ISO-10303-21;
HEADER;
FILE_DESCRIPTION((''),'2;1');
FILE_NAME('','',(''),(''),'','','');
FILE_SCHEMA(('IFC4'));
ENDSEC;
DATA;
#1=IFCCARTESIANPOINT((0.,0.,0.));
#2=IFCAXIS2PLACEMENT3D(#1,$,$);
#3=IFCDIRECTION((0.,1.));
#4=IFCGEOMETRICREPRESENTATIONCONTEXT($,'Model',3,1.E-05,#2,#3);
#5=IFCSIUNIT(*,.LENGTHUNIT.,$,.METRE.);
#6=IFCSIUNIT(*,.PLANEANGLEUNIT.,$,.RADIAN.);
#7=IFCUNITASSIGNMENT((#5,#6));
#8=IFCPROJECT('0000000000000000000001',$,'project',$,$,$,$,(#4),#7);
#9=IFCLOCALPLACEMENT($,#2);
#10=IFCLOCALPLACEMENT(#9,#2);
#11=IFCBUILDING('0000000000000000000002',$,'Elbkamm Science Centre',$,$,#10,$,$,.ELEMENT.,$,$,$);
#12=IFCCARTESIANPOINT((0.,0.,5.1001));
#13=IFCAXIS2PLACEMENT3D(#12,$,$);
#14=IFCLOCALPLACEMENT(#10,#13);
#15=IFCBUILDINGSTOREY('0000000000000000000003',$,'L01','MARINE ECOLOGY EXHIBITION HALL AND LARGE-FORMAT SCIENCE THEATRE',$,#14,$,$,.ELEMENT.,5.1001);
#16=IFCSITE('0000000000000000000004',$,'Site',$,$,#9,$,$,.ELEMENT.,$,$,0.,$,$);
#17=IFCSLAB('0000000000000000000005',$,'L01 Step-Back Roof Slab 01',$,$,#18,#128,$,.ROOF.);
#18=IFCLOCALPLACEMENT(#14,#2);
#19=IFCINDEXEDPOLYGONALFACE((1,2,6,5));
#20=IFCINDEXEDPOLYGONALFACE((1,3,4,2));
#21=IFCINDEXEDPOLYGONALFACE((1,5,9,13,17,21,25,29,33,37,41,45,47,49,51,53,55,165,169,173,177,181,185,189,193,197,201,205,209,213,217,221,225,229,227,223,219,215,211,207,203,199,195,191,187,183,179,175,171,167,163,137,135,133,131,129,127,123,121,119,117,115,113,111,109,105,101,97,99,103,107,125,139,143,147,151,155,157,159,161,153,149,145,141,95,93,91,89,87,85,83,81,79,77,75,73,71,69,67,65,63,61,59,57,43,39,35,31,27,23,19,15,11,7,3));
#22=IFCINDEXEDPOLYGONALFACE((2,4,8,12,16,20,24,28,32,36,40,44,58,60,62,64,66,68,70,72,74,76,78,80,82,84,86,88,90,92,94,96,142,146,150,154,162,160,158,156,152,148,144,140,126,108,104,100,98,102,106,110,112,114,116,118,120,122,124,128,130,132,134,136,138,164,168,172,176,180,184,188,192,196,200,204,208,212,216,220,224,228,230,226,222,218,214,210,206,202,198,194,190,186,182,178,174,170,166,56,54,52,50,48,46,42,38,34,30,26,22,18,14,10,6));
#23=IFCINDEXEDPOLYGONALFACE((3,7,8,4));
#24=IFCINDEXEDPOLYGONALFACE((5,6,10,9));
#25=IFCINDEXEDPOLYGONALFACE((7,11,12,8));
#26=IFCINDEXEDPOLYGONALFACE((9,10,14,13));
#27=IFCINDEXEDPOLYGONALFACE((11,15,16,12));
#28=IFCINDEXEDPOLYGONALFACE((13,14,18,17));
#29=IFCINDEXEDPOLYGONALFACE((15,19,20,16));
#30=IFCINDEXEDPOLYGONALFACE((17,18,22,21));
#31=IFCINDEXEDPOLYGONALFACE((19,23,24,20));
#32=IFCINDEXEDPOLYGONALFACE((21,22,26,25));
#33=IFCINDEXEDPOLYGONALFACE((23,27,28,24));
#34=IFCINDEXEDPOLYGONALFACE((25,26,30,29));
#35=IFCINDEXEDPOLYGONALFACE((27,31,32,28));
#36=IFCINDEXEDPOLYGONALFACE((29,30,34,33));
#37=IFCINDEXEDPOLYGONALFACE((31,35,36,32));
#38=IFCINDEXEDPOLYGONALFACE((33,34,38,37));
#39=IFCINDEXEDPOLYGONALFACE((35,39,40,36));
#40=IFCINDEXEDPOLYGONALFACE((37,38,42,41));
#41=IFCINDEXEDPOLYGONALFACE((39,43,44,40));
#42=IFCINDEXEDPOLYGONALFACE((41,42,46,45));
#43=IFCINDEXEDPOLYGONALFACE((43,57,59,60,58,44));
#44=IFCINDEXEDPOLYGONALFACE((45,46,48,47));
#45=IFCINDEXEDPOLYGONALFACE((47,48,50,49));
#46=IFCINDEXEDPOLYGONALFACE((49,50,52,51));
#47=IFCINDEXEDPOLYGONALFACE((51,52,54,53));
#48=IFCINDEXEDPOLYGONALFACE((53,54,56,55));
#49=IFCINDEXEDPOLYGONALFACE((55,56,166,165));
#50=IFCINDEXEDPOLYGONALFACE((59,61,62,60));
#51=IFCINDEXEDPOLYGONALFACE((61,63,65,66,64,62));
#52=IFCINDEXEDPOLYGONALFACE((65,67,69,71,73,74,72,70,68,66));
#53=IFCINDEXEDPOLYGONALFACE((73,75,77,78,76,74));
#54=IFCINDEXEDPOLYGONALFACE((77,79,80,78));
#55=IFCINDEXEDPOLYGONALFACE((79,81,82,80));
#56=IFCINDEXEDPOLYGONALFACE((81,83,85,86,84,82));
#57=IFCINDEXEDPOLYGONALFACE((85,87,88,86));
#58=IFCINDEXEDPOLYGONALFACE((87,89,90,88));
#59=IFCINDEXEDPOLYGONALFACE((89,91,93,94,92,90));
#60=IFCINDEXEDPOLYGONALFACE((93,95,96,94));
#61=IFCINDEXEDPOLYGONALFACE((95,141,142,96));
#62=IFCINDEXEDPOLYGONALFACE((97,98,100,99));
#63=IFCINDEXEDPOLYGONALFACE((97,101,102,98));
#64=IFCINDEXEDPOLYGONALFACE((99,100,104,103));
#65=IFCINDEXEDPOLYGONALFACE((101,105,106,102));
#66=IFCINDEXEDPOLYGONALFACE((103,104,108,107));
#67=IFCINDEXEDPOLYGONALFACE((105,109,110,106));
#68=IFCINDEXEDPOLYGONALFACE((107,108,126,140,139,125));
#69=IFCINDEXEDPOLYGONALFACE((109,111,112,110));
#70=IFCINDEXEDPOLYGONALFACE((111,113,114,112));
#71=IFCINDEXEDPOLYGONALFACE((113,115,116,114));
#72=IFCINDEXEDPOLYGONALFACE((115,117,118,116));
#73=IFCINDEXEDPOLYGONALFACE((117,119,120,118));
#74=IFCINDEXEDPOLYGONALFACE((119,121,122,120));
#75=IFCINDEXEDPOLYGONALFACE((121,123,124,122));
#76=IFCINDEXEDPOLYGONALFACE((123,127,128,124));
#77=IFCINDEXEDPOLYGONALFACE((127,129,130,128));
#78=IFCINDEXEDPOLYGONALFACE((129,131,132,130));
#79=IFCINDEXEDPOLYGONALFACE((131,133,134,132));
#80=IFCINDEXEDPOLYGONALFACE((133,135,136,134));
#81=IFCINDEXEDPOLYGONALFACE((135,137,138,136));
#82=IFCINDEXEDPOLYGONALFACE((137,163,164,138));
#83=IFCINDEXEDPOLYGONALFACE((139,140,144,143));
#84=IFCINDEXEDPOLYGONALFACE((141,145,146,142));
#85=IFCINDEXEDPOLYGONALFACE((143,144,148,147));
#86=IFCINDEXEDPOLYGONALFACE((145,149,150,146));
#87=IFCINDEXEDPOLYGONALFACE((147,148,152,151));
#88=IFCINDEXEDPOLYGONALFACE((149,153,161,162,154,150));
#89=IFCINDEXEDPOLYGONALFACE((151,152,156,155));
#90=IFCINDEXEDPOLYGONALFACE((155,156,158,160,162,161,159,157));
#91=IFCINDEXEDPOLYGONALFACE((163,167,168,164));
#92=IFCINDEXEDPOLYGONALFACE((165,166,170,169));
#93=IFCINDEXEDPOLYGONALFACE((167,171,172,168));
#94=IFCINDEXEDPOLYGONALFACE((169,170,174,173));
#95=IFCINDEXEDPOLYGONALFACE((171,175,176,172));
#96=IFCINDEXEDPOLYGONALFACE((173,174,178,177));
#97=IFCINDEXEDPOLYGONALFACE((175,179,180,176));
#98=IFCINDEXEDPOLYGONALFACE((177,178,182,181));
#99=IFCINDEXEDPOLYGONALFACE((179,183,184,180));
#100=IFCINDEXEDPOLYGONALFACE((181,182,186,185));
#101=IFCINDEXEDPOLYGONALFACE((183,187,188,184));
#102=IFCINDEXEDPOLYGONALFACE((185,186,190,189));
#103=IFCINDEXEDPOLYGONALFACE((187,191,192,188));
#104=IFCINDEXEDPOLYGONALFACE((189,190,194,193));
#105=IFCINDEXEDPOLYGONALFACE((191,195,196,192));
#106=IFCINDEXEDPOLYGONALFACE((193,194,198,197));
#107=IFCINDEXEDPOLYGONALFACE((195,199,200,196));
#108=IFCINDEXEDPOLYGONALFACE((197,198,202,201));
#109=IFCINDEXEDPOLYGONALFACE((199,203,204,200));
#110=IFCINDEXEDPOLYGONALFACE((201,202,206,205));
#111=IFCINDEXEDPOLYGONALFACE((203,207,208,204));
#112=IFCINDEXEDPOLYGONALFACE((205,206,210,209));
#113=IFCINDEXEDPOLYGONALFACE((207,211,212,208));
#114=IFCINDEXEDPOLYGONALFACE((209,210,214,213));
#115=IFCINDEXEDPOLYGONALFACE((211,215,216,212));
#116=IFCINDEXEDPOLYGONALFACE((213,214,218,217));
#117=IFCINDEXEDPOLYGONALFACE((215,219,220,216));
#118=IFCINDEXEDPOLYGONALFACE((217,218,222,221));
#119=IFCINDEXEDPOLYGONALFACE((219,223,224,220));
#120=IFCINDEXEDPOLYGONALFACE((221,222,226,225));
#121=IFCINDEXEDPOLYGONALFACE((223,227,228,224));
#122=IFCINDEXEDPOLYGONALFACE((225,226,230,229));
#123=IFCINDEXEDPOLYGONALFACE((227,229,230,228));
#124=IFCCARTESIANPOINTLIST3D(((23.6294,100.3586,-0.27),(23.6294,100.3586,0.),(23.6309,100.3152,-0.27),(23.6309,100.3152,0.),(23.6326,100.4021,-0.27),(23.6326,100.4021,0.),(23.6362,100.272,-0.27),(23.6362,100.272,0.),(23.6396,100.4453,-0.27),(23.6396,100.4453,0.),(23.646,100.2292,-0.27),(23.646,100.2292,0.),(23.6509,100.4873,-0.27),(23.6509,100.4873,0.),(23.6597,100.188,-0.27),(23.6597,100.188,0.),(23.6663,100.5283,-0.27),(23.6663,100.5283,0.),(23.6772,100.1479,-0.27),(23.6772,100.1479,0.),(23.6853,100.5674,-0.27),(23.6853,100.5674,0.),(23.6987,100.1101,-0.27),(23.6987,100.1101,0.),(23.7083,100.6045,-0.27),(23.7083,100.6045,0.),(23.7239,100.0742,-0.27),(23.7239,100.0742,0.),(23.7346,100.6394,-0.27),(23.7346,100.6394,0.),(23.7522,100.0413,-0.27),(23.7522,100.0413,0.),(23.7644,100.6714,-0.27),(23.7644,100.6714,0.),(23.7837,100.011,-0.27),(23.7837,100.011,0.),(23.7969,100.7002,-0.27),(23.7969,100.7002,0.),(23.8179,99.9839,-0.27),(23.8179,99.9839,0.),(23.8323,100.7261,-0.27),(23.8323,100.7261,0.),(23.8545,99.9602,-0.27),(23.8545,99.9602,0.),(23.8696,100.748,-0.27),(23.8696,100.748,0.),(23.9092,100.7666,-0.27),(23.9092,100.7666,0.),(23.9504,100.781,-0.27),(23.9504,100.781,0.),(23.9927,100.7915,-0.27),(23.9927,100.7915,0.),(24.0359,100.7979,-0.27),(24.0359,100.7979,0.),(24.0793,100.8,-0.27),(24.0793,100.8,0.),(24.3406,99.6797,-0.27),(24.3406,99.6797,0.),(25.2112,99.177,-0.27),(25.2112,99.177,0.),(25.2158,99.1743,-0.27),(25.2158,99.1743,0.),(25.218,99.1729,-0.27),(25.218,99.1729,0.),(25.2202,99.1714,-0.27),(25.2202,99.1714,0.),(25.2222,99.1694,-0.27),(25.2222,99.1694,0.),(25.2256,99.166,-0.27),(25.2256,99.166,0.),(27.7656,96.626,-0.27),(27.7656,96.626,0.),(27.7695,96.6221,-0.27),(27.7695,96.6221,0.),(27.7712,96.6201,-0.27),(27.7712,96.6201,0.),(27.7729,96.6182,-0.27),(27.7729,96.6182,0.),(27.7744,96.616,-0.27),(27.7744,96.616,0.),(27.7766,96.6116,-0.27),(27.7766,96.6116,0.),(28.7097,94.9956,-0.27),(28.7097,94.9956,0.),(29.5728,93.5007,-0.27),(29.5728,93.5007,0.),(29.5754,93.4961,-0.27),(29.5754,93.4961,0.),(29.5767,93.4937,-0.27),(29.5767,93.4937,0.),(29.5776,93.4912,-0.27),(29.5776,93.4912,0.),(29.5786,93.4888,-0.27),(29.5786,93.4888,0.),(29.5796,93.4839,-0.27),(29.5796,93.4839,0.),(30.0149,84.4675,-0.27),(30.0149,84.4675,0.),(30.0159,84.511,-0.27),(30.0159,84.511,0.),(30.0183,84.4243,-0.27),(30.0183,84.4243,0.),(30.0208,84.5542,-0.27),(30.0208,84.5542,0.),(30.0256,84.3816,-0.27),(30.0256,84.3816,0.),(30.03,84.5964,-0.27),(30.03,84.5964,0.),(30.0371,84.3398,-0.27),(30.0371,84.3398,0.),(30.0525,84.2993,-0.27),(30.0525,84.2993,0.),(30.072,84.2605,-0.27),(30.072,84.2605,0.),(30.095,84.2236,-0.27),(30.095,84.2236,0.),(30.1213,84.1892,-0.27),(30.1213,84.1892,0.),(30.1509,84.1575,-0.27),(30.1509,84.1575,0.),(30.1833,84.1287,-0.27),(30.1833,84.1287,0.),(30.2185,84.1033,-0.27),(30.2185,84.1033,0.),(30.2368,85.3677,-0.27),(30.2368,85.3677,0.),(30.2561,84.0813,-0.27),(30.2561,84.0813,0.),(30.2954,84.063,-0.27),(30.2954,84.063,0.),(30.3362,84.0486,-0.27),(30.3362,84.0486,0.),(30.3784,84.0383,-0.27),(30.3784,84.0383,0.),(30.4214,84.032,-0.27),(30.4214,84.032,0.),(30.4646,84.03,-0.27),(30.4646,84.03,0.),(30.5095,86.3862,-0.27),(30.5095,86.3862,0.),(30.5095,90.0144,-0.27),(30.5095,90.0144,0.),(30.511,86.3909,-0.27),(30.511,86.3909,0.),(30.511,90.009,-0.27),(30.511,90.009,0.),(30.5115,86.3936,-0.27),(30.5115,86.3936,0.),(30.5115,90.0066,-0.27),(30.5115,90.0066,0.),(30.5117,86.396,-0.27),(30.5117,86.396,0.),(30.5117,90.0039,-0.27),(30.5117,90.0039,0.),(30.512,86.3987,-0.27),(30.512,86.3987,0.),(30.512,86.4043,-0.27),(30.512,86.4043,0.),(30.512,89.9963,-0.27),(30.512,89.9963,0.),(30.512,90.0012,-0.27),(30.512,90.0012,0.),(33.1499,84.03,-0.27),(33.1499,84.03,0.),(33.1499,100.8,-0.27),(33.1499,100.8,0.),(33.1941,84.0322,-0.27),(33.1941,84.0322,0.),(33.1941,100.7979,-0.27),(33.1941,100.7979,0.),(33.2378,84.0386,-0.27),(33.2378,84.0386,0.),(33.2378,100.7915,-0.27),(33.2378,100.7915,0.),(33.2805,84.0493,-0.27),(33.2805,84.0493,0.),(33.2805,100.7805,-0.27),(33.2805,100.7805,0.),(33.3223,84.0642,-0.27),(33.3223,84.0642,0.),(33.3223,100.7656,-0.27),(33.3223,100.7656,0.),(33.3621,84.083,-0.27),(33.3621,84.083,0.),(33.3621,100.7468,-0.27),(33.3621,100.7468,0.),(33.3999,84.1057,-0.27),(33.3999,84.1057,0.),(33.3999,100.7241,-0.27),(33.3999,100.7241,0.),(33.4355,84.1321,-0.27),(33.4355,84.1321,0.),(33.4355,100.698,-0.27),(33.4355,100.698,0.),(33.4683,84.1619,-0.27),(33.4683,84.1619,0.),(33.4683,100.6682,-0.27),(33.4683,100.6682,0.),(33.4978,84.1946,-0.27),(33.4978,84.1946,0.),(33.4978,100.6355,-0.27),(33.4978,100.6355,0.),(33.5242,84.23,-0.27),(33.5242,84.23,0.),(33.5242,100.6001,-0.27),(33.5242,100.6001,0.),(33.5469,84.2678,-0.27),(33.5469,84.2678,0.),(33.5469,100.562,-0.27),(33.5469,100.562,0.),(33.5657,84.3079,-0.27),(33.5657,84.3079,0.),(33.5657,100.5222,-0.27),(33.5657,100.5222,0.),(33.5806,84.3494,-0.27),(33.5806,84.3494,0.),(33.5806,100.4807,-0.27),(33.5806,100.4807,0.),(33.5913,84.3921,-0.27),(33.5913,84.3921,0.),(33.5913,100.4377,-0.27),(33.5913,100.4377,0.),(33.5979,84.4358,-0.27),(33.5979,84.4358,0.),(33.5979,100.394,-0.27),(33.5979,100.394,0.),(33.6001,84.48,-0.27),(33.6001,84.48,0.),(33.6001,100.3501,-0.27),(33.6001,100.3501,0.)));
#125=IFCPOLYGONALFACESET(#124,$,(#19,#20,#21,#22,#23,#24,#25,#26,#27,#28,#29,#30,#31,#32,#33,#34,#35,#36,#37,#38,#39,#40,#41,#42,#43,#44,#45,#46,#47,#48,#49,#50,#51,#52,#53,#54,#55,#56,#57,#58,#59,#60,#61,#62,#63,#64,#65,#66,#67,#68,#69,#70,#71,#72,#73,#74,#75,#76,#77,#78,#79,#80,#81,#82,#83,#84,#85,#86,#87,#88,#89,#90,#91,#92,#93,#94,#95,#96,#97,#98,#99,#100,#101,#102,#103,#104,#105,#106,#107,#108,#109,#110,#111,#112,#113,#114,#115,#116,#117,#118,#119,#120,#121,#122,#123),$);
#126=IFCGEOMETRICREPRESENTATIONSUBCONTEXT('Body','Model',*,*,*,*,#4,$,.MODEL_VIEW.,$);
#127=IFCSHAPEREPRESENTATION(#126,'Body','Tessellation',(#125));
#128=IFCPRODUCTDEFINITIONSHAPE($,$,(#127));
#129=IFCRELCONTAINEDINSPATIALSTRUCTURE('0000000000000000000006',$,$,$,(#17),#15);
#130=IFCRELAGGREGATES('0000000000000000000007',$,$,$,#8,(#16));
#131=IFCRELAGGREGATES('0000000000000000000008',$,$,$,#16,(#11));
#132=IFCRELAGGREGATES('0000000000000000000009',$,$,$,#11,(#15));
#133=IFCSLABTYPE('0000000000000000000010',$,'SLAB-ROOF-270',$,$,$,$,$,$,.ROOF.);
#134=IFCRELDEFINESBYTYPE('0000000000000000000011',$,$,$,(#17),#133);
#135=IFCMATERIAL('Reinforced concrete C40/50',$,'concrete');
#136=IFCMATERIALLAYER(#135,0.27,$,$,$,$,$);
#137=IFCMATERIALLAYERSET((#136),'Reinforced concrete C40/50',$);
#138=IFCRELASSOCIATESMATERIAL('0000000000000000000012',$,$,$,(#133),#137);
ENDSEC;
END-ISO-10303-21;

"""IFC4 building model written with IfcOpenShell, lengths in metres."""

from ifc_helpers import new_model, si_unit, direction, frame, origin, place, context, subcontext, project, spatial, polyline, outline, extrude, material, layer, layer_set, type_object, element, save


model = new_model("IFC4")

# Units and contexts
model_context = context("Model", 3, precision=1e-05, world=origin(), true_north=direction((0.0, 1.0)))
body_context = subcontext(model_context, "Body", "Model", "MODEL_VIEW")
ifc_project = project(units=[si_unit("LENGTHUNIT", "METRE"), si_unit("PLANEANGLEUNIT", "RADIAN")], contexts=[model_context])

# Site, building, storey
site_placement = place(None, origin())
site = spatial("IfcSite", under=ifc_project, at=site_placement, Name="Site", CompositionType="ELEMENT", RefElevation=0.0)
building_placement = place(site_placement, origin())
building = spatial("IfcBuilding", under=site, at=building_placement, Name="Elbkamm Science Centre", CompositionType="ELEMENT")
storey_placement = place(building_placement, frame((0.0, 0.0, 5.1001)))
storey = spatial("IfcBuildingStorey", under=building, at=storey_placement, Name="L01", Description="MARINE ECOLOGY EXHIBITION HALL AND LARGE-FORMAT SCIENCE THEATRE", CompositionType="ELEMENT", Elevation=5.1001)

# Shared definitions
ifc_material_1 = material(Name="Reinforced concrete C40/50", Category="concrete")

# Slab
ifc_layer_1 = layer(ifc_material_1, 0.27)
ifc_layer_set_1 = layer_set([ifc_layer_1], Name="Reinforced concrete C40/50")
slab_type_1 = type_object("IfcSlabType", Name="SLAB-ROOF-270", PredefinedType="ROOF", material=ifc_layer_set_1)
slab_1_placement = place(storey_placement, frame((0.0, 0.0, -0.27)))
element("IfcSlab", 1, at=slab_1_placement, inside=storey, type_object=slab_type_1, Name="L01 Step-Back Roof Slab 01", PredefinedType="ROOF", context=body_context, shape_type="SweptSolid", body=[
    extrude(outline(polyline([(33.5913, 84.3921), (33.5806, 84.3494), (33.5657, 84.3079), (33.5469, 84.2678), (33.5242, 84.23), (33.4978, 84.1946), (33.4683, 84.1619), (33.4355, 84.1321), (33.3999, 84.1057), (33.3621, 84.083), (33.3223, 84.0642), (33.2805, 84.0493), (33.2378, 84.0386), (33.1941, 84.0322), (33.1499, 84.03), (30.4646, 84.03), (30.4214, 84.032), (30.3784, 84.0383), (30.3362, 84.0486), (30.2954, 84.063), (30.2561, 84.0813), (30.2185, 84.1033), (30.1833, 84.1287), (30.1509, 84.1575), (30.1213, 84.1892), (30.095, 84.2236), (30.072, 84.2605), (30.0525, 84.2993), (30.0371, 84.3398), (30.0256, 84.3816), (30.0183, 84.4243), (30.0149, 84.4675), (30.0159, 84.511), (30.0208, 84.5542), (30.03, 84.5964), (30.2368, 85.3677), (30.5095, 86.3862), (30.511, 86.3909), (30.5115, 86.3936), (30.5117, 86.396), (30.512, 86.3987), (30.512, 86.4043), (30.512, 89.9963), (30.512, 90.0012), (30.5117, 90.0039), (30.5115, 90.0066), (30.511, 90.009), (30.5095, 90.0144), (29.5796, 93.4839), (29.5786, 93.4888), (29.5776, 93.4912), (29.5767, 93.4937), (29.5754, 93.4961), (29.5728, 93.5007), (28.7097, 94.9956), (27.7766, 96.6116), (27.7744, 96.616), (27.7729, 96.6182), (27.7712, 96.6201), (27.7695, 96.6221), (27.7656, 96.626), (25.2256, 99.166), (25.2222, 99.1694), (25.2202, 99.1714), (25.218, 99.1729), (25.2158, 99.1743), (25.2112, 99.177), (24.3406, 99.6797), (23.8545, 99.9602), (23.8179, 99.9839), (23.7837, 100.011), (23.7522, 100.0413), (23.7239, 100.0742), (23.6987, 100.1101), (23.6772, 100.1479), (23.6597, 100.188), (23.646, 100.2292), (23.6362, 100.272), (23.6309, 100.3152), (23.6294, 100.3586), (23.6326, 100.4021), (23.6396, 100.4453), (23.6509, 100.4873), (23.6663, 100.5283), (23.6853, 100.5674), (23.7083, 100.6045), (23.7346, 100.6394), (23.7644, 100.6714), (23.7969, 100.7002), (23.8323, 100.7261), (23.8696, 100.748), (23.9092, 100.7666), (23.9504, 100.781), (23.9927, 100.7915), (24.0359, 100.7979), (24.0793, 100.8), (33.1499, 100.8), (33.1941, 100.7979), (33.2378, 100.7915), (33.2805, 100.7805), (33.3223, 100.7656), (33.3621, 100.7468), (33.3999, 100.7241), (33.4355, 100.698), (33.4683, 100.6682), (33.4978, 100.6355), (33.5242, 100.6001), (33.5469, 100.562), (33.5657, 100.5222), (33.5806, 100.4807), (33.5913, 100.4377), (33.5979, 100.394), (33.6001, 100.3501), (33.6001, 84.48), (33.5979, 84.4358), (33.5913, 84.3921)])), origin(), (0.0, 0.0, 1.0), 0.27),
])

save(model, "model.ifc")
